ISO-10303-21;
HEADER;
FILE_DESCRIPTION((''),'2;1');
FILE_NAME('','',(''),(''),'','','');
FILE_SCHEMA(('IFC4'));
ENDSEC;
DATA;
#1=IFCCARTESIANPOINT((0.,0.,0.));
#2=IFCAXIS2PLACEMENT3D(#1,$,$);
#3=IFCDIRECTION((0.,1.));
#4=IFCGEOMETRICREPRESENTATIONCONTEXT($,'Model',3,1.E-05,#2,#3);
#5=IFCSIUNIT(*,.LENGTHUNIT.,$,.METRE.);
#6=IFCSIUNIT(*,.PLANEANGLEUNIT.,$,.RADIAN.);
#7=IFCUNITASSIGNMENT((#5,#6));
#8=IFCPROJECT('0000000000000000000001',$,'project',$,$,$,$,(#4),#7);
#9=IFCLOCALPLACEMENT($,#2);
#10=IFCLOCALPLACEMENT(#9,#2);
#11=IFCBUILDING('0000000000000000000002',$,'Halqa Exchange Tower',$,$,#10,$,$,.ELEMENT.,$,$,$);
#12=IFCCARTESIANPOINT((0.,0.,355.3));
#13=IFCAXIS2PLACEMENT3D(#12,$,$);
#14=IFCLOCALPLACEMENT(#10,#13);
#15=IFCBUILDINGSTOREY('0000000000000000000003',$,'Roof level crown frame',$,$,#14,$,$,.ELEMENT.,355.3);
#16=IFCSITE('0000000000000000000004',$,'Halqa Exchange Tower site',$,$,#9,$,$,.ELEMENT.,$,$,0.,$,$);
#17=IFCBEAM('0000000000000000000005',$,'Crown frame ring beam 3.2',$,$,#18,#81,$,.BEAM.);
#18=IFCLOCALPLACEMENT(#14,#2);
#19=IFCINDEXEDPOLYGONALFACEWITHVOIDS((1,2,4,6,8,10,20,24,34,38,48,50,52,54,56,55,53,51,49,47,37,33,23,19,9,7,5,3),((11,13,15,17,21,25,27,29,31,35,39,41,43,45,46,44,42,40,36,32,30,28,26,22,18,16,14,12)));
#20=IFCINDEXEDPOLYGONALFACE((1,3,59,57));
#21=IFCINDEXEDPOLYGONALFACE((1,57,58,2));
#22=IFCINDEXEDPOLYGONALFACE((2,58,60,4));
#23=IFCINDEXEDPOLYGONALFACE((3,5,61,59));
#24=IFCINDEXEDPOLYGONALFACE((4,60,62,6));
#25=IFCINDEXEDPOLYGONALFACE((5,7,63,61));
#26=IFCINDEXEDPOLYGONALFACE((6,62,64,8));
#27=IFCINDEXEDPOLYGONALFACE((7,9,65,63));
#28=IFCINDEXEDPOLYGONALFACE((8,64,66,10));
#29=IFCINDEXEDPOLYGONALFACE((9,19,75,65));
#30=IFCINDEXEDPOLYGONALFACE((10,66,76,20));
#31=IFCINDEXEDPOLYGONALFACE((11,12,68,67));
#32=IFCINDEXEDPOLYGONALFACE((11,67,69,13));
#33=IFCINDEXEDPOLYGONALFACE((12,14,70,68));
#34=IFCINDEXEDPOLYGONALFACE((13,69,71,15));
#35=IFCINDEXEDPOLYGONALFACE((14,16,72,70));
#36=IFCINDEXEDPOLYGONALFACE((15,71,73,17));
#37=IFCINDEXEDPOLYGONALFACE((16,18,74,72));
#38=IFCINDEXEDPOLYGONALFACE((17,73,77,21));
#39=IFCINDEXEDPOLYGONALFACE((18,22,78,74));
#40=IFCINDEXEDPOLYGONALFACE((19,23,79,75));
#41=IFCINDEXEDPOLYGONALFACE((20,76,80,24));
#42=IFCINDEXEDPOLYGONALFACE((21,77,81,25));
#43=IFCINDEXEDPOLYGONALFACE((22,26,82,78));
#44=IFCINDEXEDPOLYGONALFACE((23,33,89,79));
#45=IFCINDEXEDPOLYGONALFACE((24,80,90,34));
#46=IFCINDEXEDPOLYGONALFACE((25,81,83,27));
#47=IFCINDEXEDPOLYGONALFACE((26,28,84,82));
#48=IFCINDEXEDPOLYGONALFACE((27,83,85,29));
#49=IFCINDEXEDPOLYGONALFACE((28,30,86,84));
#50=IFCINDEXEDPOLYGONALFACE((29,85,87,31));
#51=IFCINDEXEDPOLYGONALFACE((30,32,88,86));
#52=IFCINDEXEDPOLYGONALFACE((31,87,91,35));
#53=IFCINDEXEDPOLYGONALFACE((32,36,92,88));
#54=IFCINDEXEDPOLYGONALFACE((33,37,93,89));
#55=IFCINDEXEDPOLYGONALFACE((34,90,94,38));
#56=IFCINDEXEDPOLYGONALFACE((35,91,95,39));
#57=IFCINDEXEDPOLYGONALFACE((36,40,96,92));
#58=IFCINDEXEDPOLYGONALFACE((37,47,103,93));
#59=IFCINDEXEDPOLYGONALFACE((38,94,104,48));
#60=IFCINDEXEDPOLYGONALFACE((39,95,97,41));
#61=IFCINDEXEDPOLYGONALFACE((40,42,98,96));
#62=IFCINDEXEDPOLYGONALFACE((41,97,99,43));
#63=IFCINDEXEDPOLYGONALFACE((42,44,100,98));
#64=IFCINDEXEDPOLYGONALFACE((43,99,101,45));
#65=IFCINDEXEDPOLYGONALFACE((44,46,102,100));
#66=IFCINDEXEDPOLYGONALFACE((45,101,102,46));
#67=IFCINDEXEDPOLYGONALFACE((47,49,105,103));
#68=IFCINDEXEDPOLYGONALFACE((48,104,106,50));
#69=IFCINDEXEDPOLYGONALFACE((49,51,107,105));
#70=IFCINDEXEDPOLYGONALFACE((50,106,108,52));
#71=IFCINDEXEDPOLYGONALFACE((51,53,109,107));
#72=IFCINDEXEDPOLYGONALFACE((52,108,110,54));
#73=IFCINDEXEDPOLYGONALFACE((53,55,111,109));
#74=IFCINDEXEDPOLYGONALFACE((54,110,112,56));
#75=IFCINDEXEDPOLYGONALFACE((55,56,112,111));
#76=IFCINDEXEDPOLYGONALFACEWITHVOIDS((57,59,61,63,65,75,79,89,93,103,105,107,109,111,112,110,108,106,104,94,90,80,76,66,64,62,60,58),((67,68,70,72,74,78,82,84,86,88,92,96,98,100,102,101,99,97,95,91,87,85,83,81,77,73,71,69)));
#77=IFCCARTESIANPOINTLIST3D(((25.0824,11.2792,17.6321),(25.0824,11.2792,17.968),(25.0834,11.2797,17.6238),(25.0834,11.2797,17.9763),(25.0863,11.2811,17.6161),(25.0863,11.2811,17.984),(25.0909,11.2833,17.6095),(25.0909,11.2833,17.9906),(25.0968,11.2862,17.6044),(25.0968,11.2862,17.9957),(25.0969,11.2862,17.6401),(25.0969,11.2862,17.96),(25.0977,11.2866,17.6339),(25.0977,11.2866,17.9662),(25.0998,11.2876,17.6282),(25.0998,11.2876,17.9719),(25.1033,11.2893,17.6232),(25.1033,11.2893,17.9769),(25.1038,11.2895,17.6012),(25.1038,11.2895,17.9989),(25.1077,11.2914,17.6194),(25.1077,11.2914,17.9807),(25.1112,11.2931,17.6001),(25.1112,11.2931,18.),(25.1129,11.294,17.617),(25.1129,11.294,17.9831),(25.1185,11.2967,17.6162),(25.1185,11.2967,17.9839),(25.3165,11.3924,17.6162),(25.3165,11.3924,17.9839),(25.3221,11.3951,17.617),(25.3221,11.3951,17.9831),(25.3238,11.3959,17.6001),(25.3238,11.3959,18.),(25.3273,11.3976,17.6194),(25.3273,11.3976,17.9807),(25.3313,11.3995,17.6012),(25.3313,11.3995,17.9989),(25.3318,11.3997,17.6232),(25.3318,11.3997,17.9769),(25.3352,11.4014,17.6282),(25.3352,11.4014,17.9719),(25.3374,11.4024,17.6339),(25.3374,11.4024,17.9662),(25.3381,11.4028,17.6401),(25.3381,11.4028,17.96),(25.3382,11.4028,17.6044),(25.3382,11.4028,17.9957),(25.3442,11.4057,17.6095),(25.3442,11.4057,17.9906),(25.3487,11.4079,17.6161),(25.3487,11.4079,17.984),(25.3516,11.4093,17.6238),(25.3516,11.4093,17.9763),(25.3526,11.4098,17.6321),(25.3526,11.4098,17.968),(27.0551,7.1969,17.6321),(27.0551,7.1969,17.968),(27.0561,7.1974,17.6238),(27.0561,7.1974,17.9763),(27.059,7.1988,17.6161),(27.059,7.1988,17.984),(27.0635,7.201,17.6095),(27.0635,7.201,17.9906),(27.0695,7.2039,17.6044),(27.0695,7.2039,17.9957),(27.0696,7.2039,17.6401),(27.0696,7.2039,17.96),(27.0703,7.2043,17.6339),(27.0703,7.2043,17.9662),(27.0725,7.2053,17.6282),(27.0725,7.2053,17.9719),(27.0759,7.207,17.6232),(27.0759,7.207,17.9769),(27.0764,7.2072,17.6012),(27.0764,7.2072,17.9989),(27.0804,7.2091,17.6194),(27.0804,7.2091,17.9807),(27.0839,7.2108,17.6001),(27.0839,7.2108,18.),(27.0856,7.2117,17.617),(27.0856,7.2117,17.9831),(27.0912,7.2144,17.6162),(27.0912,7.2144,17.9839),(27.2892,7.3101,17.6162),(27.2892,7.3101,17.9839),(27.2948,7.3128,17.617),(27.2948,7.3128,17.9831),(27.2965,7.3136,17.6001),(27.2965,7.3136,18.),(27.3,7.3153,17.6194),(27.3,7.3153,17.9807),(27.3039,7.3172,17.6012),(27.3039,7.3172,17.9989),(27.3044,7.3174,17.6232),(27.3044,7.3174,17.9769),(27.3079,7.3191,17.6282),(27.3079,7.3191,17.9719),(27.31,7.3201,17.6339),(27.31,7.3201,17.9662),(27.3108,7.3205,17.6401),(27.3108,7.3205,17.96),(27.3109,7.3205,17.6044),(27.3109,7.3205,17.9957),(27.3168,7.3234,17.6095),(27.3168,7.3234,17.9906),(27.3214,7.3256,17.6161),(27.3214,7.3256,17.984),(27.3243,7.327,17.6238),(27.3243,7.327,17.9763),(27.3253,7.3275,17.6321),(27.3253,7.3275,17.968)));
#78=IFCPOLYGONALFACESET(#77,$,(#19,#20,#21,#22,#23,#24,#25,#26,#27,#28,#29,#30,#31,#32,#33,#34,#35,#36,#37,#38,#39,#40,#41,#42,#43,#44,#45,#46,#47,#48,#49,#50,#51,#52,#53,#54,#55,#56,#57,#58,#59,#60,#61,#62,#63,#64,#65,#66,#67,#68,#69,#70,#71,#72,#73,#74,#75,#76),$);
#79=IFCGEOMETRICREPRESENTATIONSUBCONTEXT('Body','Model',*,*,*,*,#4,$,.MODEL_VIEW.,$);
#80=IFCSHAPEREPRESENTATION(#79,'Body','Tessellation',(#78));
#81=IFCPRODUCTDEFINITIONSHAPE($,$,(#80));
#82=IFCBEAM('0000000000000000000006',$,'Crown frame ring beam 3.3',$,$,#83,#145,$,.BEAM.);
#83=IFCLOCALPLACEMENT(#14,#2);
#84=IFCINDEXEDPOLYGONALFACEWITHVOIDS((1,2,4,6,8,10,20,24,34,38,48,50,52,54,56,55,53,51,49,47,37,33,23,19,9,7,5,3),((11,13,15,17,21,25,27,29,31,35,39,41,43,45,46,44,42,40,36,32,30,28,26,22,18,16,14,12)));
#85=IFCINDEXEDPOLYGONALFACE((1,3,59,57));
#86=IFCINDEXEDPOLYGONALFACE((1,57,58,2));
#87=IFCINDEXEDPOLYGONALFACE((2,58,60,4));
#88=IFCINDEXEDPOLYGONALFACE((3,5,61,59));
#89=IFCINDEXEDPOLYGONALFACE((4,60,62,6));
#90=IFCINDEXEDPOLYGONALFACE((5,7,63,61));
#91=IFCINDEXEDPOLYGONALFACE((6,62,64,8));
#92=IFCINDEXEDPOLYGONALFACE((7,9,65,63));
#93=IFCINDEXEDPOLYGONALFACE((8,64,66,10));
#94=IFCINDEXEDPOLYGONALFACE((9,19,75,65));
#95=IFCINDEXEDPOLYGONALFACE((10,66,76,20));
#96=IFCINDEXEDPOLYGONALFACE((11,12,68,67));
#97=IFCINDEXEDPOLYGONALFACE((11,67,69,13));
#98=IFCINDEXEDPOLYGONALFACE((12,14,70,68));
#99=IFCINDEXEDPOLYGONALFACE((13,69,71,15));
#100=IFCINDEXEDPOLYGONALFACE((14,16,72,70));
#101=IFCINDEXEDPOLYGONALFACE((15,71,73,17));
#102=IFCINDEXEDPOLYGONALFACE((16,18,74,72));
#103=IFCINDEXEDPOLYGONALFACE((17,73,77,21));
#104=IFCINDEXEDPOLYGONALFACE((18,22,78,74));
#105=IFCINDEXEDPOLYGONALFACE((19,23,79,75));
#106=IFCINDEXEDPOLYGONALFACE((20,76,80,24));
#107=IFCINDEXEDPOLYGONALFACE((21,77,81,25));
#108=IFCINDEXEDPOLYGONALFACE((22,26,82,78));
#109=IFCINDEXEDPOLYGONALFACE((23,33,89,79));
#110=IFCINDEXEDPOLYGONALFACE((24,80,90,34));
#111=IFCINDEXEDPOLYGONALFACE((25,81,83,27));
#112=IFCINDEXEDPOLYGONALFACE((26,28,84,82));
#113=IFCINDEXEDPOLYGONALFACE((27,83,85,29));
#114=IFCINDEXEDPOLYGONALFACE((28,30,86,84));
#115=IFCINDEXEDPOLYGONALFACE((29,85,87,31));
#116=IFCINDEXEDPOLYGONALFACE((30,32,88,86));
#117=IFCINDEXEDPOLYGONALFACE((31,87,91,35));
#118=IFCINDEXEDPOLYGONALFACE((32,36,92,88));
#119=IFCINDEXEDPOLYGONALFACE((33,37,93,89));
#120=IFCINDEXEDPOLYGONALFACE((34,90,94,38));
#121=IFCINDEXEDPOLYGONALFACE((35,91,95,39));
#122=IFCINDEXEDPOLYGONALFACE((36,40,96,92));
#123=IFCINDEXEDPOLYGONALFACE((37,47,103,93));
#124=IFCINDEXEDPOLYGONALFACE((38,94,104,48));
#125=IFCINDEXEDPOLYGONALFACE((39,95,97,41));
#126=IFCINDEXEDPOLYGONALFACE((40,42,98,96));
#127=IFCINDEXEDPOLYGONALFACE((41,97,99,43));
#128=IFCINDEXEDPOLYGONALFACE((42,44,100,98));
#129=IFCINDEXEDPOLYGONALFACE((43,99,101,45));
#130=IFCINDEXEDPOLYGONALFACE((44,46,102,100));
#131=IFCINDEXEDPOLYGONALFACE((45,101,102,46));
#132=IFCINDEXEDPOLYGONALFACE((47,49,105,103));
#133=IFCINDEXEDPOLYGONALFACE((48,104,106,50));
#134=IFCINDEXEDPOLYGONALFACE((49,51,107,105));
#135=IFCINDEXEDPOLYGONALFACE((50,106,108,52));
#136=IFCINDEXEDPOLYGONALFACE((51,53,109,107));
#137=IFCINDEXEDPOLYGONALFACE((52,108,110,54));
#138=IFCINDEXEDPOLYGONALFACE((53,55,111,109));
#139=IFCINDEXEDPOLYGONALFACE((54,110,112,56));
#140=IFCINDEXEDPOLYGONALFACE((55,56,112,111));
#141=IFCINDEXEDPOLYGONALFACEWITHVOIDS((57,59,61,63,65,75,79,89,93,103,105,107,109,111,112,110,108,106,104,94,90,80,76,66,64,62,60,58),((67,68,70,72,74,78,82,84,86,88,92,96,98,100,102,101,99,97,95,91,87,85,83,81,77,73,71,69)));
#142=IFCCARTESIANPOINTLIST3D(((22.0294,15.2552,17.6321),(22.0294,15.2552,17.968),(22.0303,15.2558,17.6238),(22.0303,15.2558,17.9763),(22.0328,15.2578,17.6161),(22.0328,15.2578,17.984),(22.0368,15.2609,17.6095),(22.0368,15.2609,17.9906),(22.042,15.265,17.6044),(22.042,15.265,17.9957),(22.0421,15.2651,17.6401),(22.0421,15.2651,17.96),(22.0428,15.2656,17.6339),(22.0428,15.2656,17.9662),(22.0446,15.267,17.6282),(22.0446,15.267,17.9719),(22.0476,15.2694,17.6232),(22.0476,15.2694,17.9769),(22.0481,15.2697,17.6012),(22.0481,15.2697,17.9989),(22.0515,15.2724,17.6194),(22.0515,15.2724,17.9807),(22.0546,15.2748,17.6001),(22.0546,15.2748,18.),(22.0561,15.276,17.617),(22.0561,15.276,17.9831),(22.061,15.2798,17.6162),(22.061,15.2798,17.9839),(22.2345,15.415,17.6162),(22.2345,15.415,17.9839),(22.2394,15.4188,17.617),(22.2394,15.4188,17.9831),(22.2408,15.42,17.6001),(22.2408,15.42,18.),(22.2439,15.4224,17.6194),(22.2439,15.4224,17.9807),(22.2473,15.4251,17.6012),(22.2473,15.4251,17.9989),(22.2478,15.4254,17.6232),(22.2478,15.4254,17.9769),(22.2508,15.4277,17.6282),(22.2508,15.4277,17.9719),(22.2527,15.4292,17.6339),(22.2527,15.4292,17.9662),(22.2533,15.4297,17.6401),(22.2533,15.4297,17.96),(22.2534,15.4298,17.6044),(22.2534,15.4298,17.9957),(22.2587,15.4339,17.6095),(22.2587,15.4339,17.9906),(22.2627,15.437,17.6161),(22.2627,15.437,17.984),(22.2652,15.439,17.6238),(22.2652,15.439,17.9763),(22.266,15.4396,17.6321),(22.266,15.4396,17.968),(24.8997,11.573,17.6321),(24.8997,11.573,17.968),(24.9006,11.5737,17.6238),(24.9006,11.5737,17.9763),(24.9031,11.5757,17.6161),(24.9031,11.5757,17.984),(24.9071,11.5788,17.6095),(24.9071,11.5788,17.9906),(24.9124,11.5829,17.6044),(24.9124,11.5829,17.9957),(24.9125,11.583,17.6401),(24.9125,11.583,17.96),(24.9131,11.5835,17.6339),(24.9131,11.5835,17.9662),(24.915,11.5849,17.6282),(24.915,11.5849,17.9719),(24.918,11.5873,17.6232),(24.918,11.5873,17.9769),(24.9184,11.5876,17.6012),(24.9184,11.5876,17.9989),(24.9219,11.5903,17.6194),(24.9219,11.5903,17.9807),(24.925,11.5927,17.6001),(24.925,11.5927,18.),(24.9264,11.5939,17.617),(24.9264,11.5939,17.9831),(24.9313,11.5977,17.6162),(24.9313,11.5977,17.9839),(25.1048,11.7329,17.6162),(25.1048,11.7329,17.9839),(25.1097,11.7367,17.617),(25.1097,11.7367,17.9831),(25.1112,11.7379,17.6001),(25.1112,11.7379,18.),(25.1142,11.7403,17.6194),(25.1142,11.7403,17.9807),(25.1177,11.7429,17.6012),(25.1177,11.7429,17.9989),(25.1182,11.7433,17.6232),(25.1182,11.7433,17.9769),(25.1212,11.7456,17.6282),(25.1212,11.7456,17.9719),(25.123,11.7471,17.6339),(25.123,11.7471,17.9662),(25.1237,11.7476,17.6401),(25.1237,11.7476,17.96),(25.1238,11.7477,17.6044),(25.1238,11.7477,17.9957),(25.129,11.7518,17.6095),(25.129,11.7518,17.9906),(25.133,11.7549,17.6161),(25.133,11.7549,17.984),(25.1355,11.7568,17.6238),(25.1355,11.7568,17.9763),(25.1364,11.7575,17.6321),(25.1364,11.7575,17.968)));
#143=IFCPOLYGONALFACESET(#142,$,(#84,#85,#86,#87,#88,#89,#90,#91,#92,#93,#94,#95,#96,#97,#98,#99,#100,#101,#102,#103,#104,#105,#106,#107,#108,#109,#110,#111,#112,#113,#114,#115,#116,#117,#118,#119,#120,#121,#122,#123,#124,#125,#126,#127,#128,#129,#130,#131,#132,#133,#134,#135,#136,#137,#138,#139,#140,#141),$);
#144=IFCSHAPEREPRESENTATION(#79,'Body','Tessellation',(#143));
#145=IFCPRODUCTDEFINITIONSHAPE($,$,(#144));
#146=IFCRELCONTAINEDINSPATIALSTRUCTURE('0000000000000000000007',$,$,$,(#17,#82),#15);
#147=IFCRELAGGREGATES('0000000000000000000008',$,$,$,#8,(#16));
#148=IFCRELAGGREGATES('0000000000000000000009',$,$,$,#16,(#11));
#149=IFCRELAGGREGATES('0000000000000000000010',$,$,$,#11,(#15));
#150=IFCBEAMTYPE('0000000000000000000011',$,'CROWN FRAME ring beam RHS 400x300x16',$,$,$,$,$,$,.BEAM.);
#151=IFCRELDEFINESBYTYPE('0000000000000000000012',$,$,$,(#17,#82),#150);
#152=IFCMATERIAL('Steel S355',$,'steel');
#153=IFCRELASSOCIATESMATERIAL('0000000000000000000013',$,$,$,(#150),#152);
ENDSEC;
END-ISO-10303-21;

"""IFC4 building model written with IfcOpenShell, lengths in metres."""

from ifc_helpers import new_model, si_unit, direction, frame, origin, origin_2d, place, context, subcontext, project, spatial, hollow_rectangle, extrude, material, material_profile, profile_set, type_object, element, save


model = new_model("IFC4")

# Units and contexts
model_context = context("Model", 3, precision=1e-05, world=origin(), true_north=direction((0.0, 1.0)))
body_context = subcontext(model_context, "Body", "Model", "MODEL_VIEW")
ifc_project = project(units=[si_unit("LENGTHUNIT", "METRE"), si_unit("PLANEANGLEUNIT", "RADIAN")], contexts=[model_context])

# Site, building, storey
site_placement = place(None, origin())
site = spatial("IfcSite", under=ifc_project, at=site_placement, Name="Halqa Exchange Tower site", CompositionType="ELEMENT", RefElevation=0.0)
building_placement = place(site_placement, origin())
building = spatial("IfcBuilding", under=site, at=building_placement, Name="Halqa Exchange Tower", CompositionType="ELEMENT")
storey_placement = place(building_placement, frame((0.0, 0.0, 355.3)))
storey = spatial("IfcBuildingStorey", under=building, at=storey_placement, Name="Roof level crown frame", CompositionType="ELEMENT", Elevation=355.3)

# Shared definitions
ifc_material_1 = material(Name="Steel S355", Category="steel")

# Beams
ifc_material_profile_1 = material_profile(ifc_material_1, hollow_rectangle(XDim=0.3, YDim=0.3999, WallThickness=0.0161, InnerFilletRadius=0.0239, OuterFilletRadius=0.032, at=origin_2d()), Name="RHS 400x300x16")
ifc_profile_set_1 = profile_set([ifc_material_profile_1], Name="Steel S355")
beam_type_1 = type_object("IfcBeamType", Name="CROWN FRAME ring beam RHS 400x300x16", PredefinedType="BEAM", material=ifc_profile_set_1)
beam_1_placement = place(storey_placement, frame((27.1902, 7.2622, 17.8), z_axis=(-0.435089, 0.900387, 0.0), x_axis=(-0.900387, -0.435089, 0.0)))
element("IfcBeam", 1, at=beam_1_placement, inside=storey, type_object=beam_type_1, Name="Crown frame ring beam 3.2", PredefinedType="BEAM", context=body_context, shape_type="SweptSolid", body=[
    extrude(hollow_rectangle(XDim=0.3, YDim=0.3999, WallThickness=0.0161, InnerFilletRadius=0.0239, OuterFilletRadius=0.032, at=origin_2d()), origin(), (0.0, 0.0, 1.0), 4.5339),
])
beam_2_placement = place(storey_placement, frame((25.0181, 11.6653, 17.8), z_axis=(-0.614805, 0.788679, 0.0), x_axis=(-0.788679, -0.614805, 0.0)))
element("IfcBeam", 2, at=beam_2_placement, inside=storey, type_object=beam_type_1, Name="Crown frame ring beam 3.3", PredefinedType="BEAM", context=body_context, shape_type="SweptSolid", body=[
    extrude(hollow_rectangle(XDim=0.3, YDim=0.3999, WallThickness=0.0161, InnerFilletRadius=0.0239, OuterFilletRadius=0.032, at=origin_2d()), origin(), (0.0, 0.0, 1.0), 4.6687),
])

save(model, "model.ifc")
